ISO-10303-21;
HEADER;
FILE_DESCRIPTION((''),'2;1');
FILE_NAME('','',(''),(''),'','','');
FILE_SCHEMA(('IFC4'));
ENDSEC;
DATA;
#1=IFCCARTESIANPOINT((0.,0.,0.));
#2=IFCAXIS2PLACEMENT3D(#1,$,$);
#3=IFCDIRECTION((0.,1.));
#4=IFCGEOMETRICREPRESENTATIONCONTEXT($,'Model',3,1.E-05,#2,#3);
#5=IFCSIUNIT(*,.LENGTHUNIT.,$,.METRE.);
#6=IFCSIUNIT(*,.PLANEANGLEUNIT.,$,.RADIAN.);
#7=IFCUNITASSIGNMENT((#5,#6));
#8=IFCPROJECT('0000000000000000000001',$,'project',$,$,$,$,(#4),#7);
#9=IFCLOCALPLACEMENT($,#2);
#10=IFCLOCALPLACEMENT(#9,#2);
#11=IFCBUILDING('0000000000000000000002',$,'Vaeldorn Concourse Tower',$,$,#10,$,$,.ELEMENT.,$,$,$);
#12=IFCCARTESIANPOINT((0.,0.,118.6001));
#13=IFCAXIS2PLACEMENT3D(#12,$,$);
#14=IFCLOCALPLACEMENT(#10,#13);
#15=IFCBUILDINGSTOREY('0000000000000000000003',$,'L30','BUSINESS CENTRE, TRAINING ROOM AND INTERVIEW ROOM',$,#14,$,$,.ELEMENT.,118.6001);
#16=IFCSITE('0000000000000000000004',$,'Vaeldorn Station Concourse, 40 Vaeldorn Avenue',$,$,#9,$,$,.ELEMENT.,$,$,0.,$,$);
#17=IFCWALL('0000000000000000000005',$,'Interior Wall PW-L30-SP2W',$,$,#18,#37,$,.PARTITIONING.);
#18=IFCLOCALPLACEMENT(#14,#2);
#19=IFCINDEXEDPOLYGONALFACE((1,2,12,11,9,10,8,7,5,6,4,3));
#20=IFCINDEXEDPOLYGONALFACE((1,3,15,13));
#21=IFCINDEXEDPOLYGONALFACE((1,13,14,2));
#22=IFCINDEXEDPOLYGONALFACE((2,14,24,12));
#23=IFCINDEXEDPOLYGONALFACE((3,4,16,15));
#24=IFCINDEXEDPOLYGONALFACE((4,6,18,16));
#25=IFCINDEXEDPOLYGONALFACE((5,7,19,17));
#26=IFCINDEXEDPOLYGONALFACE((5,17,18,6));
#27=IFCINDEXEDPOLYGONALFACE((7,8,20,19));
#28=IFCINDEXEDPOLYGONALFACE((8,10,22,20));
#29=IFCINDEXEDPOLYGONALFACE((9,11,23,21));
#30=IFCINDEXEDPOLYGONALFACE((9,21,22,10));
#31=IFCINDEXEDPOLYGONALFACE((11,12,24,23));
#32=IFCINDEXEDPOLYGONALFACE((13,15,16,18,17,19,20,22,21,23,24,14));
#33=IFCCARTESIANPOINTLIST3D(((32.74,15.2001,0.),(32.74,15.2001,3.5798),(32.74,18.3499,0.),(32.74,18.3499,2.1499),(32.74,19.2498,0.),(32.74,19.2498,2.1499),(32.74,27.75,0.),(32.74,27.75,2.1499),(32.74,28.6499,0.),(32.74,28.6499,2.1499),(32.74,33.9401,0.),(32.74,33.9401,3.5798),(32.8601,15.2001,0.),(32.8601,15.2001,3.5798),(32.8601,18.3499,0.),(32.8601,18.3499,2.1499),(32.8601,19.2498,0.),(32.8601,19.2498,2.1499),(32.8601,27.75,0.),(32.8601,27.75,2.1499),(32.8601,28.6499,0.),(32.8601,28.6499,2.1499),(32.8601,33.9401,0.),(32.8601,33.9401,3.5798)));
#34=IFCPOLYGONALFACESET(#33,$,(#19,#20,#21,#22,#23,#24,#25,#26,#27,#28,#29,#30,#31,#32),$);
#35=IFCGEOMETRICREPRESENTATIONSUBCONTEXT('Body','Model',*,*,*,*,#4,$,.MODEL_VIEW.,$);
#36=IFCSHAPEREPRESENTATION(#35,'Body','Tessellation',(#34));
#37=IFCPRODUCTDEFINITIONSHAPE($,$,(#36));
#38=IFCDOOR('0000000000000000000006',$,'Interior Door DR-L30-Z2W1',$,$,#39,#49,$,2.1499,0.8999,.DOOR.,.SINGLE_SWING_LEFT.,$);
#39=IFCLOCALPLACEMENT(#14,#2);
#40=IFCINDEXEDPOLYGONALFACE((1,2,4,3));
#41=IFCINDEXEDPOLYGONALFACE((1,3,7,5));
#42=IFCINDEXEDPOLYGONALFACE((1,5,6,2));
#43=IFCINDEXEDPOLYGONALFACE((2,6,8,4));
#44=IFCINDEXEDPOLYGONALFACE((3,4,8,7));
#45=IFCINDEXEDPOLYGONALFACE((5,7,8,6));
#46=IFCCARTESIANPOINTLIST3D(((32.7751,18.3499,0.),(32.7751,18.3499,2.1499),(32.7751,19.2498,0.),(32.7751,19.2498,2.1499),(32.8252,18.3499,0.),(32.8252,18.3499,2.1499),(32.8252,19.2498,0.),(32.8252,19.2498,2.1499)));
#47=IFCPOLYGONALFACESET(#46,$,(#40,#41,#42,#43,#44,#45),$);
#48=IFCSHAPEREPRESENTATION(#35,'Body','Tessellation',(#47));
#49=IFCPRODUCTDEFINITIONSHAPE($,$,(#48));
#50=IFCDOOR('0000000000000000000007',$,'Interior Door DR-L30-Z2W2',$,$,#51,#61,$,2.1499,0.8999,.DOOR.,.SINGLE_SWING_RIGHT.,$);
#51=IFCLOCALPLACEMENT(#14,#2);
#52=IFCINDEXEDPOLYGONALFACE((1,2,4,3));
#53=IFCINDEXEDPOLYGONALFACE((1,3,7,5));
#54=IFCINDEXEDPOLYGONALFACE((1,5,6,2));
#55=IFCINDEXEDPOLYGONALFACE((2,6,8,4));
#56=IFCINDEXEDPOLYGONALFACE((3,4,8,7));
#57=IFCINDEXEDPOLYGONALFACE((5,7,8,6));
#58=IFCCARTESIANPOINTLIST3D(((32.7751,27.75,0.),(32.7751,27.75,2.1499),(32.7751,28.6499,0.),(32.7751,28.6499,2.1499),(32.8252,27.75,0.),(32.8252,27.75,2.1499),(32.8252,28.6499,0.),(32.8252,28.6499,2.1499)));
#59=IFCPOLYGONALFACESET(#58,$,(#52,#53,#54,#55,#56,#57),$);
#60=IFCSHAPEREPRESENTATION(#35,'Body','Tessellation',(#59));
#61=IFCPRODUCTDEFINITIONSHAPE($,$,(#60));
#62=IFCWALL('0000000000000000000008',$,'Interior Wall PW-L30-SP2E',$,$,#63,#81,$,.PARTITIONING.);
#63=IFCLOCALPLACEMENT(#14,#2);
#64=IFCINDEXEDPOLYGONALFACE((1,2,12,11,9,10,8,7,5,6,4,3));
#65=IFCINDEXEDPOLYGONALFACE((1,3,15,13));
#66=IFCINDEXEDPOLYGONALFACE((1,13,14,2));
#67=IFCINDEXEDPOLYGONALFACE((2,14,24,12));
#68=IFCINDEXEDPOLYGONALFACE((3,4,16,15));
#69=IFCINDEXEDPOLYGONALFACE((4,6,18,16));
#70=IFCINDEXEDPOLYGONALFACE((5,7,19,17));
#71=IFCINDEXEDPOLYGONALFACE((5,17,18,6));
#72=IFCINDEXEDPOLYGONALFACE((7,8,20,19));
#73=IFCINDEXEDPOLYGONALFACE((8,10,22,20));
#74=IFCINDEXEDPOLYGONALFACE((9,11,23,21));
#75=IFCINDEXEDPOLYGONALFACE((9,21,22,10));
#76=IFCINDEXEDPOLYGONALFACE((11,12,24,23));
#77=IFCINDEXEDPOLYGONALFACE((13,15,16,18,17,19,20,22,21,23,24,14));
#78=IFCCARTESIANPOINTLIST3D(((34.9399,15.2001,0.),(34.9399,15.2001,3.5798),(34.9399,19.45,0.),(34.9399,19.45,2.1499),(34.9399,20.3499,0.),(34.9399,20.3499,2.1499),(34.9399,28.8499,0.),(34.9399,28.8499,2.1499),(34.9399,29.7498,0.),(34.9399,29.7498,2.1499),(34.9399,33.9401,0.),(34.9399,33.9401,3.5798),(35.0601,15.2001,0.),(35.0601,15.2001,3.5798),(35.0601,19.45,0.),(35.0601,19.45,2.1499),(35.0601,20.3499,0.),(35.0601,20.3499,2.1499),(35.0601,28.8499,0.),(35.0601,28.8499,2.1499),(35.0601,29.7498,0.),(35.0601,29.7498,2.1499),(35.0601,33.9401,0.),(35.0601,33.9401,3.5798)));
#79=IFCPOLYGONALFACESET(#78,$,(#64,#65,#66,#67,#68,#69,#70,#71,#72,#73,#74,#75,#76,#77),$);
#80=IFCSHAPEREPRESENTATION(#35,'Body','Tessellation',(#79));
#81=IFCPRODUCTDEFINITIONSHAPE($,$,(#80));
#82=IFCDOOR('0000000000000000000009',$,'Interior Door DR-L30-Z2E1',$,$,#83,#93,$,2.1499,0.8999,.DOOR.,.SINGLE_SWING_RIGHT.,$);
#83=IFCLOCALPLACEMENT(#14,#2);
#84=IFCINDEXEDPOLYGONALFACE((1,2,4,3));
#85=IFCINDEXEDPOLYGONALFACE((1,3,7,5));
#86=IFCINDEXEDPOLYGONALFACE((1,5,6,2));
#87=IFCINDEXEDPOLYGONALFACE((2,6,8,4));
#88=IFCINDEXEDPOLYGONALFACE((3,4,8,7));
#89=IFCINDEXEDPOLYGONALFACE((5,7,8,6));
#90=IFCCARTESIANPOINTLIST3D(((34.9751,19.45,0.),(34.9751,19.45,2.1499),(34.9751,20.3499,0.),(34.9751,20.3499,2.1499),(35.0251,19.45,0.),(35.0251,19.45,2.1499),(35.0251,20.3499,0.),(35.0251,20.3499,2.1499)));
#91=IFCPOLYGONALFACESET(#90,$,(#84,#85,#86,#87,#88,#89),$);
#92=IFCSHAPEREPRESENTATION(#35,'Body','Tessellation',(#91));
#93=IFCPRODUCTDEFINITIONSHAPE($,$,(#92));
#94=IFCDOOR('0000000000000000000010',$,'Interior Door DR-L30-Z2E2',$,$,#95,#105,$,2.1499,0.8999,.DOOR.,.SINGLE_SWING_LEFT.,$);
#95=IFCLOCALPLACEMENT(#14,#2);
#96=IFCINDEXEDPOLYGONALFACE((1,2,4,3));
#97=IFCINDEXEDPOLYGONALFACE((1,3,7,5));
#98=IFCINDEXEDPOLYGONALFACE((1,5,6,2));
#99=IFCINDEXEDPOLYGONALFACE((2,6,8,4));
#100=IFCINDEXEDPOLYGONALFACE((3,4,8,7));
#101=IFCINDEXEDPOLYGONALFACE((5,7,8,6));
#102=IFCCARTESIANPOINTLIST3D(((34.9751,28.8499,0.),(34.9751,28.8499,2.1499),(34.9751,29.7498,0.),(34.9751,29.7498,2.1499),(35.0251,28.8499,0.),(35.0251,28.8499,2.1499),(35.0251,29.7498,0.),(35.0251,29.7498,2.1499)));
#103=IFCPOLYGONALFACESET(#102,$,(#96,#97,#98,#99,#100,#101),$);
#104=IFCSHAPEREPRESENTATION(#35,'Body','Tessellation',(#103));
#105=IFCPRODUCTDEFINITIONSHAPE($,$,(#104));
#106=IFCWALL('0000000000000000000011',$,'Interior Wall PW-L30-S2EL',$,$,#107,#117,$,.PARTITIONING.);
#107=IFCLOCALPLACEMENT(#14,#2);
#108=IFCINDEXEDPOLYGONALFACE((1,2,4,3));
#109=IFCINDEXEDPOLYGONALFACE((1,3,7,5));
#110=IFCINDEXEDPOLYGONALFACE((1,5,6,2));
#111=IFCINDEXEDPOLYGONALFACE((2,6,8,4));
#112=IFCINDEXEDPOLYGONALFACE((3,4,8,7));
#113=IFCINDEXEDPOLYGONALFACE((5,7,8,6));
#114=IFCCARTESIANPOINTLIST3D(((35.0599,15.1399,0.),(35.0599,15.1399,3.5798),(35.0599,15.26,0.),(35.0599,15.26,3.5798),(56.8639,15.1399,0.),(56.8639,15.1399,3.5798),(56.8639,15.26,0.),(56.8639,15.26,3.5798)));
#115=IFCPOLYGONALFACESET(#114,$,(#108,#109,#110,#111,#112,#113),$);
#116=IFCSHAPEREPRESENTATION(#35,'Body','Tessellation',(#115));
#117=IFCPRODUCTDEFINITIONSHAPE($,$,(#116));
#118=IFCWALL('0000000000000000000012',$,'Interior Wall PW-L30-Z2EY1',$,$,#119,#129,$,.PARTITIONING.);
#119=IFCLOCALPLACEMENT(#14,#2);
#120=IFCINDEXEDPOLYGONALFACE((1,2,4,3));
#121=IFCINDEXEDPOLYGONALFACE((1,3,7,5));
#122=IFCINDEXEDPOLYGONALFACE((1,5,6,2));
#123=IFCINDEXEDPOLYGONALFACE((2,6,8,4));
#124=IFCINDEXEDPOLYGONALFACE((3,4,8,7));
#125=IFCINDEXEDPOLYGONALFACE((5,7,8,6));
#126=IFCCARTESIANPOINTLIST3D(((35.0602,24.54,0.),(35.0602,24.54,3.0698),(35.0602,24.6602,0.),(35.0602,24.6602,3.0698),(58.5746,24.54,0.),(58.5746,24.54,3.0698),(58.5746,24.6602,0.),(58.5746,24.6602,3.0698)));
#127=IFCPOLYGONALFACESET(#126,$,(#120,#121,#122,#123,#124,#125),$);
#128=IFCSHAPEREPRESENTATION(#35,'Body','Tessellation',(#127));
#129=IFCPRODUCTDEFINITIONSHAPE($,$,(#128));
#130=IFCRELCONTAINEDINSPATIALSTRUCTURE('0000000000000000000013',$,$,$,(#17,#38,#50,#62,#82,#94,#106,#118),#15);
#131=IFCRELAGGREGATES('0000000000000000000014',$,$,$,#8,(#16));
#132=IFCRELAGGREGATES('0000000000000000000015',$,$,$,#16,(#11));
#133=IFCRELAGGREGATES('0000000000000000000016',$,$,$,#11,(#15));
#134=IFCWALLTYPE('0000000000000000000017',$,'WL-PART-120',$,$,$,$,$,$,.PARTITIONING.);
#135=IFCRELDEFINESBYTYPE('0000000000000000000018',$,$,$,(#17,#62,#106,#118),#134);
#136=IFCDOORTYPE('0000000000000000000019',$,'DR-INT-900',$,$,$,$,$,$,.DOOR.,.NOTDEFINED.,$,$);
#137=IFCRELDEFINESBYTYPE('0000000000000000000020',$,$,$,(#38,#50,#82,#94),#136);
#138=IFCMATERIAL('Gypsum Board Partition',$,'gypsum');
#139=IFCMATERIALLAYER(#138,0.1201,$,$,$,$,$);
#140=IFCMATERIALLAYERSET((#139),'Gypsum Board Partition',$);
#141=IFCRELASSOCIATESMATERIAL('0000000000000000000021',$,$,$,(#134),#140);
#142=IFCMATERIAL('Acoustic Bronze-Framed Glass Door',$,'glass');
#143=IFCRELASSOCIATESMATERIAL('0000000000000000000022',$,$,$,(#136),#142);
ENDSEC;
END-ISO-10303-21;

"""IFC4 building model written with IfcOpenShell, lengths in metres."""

from ifc_helpers import new_model, si_unit, direction, frame, frame_2d, origin, place, context, subcontext, project, spatial, rectangle, extrude, source, transform, mapped, material, layer, layer_set, type_object, element, fill, save


model = new_model("IFC4")

# Units and contexts
model_context = context("Model", 3, precision=1e-05, world=origin(), true_north=direction((0.0, 1.0)))
body_context = subcontext(model_context, "Body", "Model", "MODEL_VIEW")
ifc_project = project(units=[si_unit("LENGTHUNIT", "METRE"), si_unit("PLANEANGLEUNIT", "RADIAN")], contexts=[model_context])

# Site, building, storey
site_placement = place(None, origin())
site = spatial("IfcSite", under=ifc_project, at=site_placement, Name="Vaeldorn Station Concourse, 40 Vaeldorn Avenue", CompositionType="ELEMENT", RefElevation=0.0)
building_placement = place(site_placement, origin())
building = spatial("IfcBuilding", under=site, at=building_placement, Name="Vaeldorn Concourse Tower", CompositionType="ELEMENT")
storey_placement = place(building_placement, frame((0.0, 0.0, 118.6001)))
storey = spatial("IfcBuildingStorey", under=building, at=storey_placement, Name="L30", Description="BUSINESS CENTRE, TRAINING ROOM AND INTERVIEW ROOM", CompositionType="ELEMENT", Elevation=118.6001)

# Shared definitions
ifc_material_1 = material(Name="Gypsum Board Partition", Category="gypsum")
ifc_layer_1 = layer(ifc_material_1, 0.1201)
ifc_layer_set_1 = layer_set([ifc_layer_1], Name="Gypsum Board Partition")
wall_type_1 = type_object("IfcWallType", Name="WL-PART-120", PredefinedType="PARTITIONING", material=ifc_layer_set_1)

# Walls, openings, doors
wall_1_placement = place(storey_placement, frame((32.8, 15.2, 0.0), z_axis=(0.0, 0.0, 1.0), x_axis=(0.0, 1.0, 0.0)))
wall_1 = element("IfcWall", 1, at=wall_1_placement, inside=storey, type_object=wall_type_1, Name="Interior Wall PW-L30-SP2W", PredefinedType="PARTITIONING", context=body_context, shape_type="SweptSolid", body=[
    extrude(rectangle(XDim=18.74, YDim=0.1201, at=frame_2d((9.3701, 0.0))), origin(), (0.0, 0.0, 1.0), 3.5798),
])
opening_1_placement = place(wall_1_placement, frame((3.1499, 0.0, 0.0)))
opening_1 = element("IfcOpeningElement", 2, at=opening_1_placement, cuts=wall_1, PredefinedType="OPENING", context=body_context, shape_type="SweptSolid", body=[
    extrude(rectangle(XDim=0.8999, YDim=2.1499, at=frame_2d((0.45, 1.075))), frame((0.0, 0.0701, 0.0), z_axis=(0.0, -1.0, 0.0), x_axis=(1.0, 0.0, 0.0)), (0.0, 0.0, 1.0), 0.1401),
])
opening_2_placement = place(wall_1_placement, frame((12.55, 0.0, 0.0)))
opening_2 = element("IfcOpeningElement", 3, at=opening_2_placement, cuts=wall_1, PredefinedType="OPENING", context=body_context, shape_type="SweptSolid", body=[
    extrude(rectangle(XDim=0.8999, YDim=2.1499, at=frame_2d((0.45, 1.075))), frame((0.0, 0.0701, 0.0), z_axis=(0.0, -1.0, 0.0), x_axis=(1.0, 0.0, 0.0)), (0.0, 0.0, 1.0), 0.1401),
])
ifc_material_2 = material(Name="Acoustic Bronze-Framed Glass Door", Category="glass")
door_type = type_object("IfcDoorType", Name="DR-INT-900", OperationType="NOTDEFINED", PredefinedType="DOOR", material=ifc_material_2)
shared_shape_1 = source(origin(), body_context, "Body", "SweptSolid", [
    extrude(rectangle(XDim=0.8999, YDim=2.1499, at=frame_2d((0.45, 1.075))), frame((0.0, 0.0249, 0.0), z_axis=(0.0, -1.0, 0.0), x_axis=(1.0, 0.0, 0.0)), (0.0, 0.0, 1.0), 0.05),
])
door_1_placement = place(opening_1_placement, origin())
door_1 = element("IfcDoor", 4, at=door_1_placement, inside=storey, type_object=door_type, Name="Interior Door DR-L30-Z2W1", OperationType="SINGLE_SWING_LEFT", OverallHeight=2.1499, OverallWidth=0.8999, PredefinedType="DOOR", context=body_context, shape_type="MappedRepresentation", body=[
    mapped(shared_shape_1, transform((0.0, 0.0, 0.0), scale=1.0)),
])
fill(opening_1, door_1)
door_2_placement = place(opening_2_placement, origin())
door_2 = element("IfcDoor", 5, at=door_2_placement, inside=storey, type_object=door_type, Name="Interior Door DR-L30-Z2W2", OperationType="SINGLE_SWING_RIGHT", OverallHeight=2.1499, OverallWidth=0.8999, PredefinedType="DOOR", context=body_context, shape_type="MappedRepresentation", body=[
    mapped(shared_shape_1, transform((0.0, 0.0, 0.0), scale=1.0)),
])
fill(opening_2, door_2)
wall_2_placement = place(storey_placement, frame((35.0, 15.2, 0.0), z_axis=(0.0, 0.0, 1.0), x_axis=(0.0, 1.0, 0.0)))
wall_2 = element("IfcWall", 6, at=wall_2_placement, inside=storey, type_object=wall_type_1, Name="Interior Wall PW-L30-SP2E", PredefinedType="PARTITIONING", context=body_context, shape_type="SweptSolid", body=[
    extrude(rectangle(XDim=18.74, YDim=0.1201, at=frame_2d((9.3701, 0.0))), origin(), (0.0, 0.0, 1.0), 3.5798),
])
opening_3_placement = place(wall_2_placement, frame((4.25, 0.0, 0.0)))
opening_3 = element("IfcOpeningElement", 7, at=opening_3_placement, cuts=wall_2, PredefinedType="OPENING", context=body_context, shape_type="SweptSolid", body=[
    extrude(rectangle(XDim=0.8999, YDim=2.1499, at=frame_2d((0.45, 1.075))), frame((0.0, 0.0701, 0.0), z_axis=(0.0, -1.0, 0.0), x_axis=(1.0, 0.0, 0.0)), (0.0, 0.0, 1.0), 0.1401),
])
opening_4_placement = place(wall_2_placement, frame((13.6499, 0.0, 0.0)))
opening_4 = element("IfcOpeningElement", 8, at=opening_4_placement, cuts=wall_2, PredefinedType="OPENING", context=body_context, shape_type="SweptSolid", body=[
    extrude(rectangle(XDim=0.8999, YDim=2.1499, at=frame_2d((0.45, 1.075))), frame((0.0, 0.0701, 0.0), z_axis=(0.0, -1.0, 0.0), x_axis=(1.0, 0.0, 0.0)), (0.0, 0.0, 1.0), 0.1401),
])
door_3_placement = place(opening_3_placement, origin())
door_3 = element("IfcDoor", 9, at=door_3_placement, inside=storey, type_object=door_type, Name="Interior Door DR-L30-Z2E1", OperationType="SINGLE_SWING_RIGHT", OverallHeight=2.1499, OverallWidth=0.8999, PredefinedType="DOOR", context=body_context, shape_type="MappedRepresentation", body=[
    mapped(shared_shape_1, transform((0.0, 0.0, 0.0), scale=1.0)),
])
fill(opening_3, door_3)
door_4_placement = place(opening_4_placement, origin())
door_4 = element("IfcDoor", 10, at=door_4_placement, inside=storey, type_object=door_type, Name="Interior Door DR-L30-Z2E2", OperationType="SINGLE_SWING_LEFT", OverallHeight=2.1499, OverallWidth=0.8999, PredefinedType="DOOR", context=body_context, shape_type="MappedRepresentation", body=[
    mapped(shared_shape_1, transform((0.0, 0.0, 0.0), scale=1.0)),
])
fill(opening_4, door_4)

# Walls
wall_3_placement = place(storey_placement, frame((35.0601, 15.2, 0.0), z_axis=(0.0, 0.0, 1.0), x_axis=(1.0, 0.0, 0.0)))
element("IfcWall", 11, at=wall_3_placement, inside=storey, type_object=wall_type_1, Name="Interior Wall PW-L30-S2EL", PredefinedType="PARTITIONING", context=body_context, shape_type="SweptSolid", body=[
    extrude(rectangle(XDim=21.804, YDim=0.1201, at=frame_2d((10.9019, 0.0))), origin(), (0.0, 0.0, 1.0), 3.5798),
])
wall_4_placement = place(storey_placement, frame((35.0601, 24.6001, 0.0), z_axis=(0.0, 0.0, 1.0), x_axis=(1.0, 0.0, 0.0)))
element("IfcWall", 12, at=wall_4_placement, inside=storey, type_object=wall_type_1, Name="Interior Wall PW-L30-Z2EY1", PredefinedType="PARTITIONING", context=body_context, shape_type="SweptSolid", body=[
    extrude(rectangle(XDim=23.5144, YDim=0.1201, at=frame_2d((11.7573, 0.0))), origin(), (0.0, 0.0, 1.0), 3.0698),
])

save(model, "model.ifc")
